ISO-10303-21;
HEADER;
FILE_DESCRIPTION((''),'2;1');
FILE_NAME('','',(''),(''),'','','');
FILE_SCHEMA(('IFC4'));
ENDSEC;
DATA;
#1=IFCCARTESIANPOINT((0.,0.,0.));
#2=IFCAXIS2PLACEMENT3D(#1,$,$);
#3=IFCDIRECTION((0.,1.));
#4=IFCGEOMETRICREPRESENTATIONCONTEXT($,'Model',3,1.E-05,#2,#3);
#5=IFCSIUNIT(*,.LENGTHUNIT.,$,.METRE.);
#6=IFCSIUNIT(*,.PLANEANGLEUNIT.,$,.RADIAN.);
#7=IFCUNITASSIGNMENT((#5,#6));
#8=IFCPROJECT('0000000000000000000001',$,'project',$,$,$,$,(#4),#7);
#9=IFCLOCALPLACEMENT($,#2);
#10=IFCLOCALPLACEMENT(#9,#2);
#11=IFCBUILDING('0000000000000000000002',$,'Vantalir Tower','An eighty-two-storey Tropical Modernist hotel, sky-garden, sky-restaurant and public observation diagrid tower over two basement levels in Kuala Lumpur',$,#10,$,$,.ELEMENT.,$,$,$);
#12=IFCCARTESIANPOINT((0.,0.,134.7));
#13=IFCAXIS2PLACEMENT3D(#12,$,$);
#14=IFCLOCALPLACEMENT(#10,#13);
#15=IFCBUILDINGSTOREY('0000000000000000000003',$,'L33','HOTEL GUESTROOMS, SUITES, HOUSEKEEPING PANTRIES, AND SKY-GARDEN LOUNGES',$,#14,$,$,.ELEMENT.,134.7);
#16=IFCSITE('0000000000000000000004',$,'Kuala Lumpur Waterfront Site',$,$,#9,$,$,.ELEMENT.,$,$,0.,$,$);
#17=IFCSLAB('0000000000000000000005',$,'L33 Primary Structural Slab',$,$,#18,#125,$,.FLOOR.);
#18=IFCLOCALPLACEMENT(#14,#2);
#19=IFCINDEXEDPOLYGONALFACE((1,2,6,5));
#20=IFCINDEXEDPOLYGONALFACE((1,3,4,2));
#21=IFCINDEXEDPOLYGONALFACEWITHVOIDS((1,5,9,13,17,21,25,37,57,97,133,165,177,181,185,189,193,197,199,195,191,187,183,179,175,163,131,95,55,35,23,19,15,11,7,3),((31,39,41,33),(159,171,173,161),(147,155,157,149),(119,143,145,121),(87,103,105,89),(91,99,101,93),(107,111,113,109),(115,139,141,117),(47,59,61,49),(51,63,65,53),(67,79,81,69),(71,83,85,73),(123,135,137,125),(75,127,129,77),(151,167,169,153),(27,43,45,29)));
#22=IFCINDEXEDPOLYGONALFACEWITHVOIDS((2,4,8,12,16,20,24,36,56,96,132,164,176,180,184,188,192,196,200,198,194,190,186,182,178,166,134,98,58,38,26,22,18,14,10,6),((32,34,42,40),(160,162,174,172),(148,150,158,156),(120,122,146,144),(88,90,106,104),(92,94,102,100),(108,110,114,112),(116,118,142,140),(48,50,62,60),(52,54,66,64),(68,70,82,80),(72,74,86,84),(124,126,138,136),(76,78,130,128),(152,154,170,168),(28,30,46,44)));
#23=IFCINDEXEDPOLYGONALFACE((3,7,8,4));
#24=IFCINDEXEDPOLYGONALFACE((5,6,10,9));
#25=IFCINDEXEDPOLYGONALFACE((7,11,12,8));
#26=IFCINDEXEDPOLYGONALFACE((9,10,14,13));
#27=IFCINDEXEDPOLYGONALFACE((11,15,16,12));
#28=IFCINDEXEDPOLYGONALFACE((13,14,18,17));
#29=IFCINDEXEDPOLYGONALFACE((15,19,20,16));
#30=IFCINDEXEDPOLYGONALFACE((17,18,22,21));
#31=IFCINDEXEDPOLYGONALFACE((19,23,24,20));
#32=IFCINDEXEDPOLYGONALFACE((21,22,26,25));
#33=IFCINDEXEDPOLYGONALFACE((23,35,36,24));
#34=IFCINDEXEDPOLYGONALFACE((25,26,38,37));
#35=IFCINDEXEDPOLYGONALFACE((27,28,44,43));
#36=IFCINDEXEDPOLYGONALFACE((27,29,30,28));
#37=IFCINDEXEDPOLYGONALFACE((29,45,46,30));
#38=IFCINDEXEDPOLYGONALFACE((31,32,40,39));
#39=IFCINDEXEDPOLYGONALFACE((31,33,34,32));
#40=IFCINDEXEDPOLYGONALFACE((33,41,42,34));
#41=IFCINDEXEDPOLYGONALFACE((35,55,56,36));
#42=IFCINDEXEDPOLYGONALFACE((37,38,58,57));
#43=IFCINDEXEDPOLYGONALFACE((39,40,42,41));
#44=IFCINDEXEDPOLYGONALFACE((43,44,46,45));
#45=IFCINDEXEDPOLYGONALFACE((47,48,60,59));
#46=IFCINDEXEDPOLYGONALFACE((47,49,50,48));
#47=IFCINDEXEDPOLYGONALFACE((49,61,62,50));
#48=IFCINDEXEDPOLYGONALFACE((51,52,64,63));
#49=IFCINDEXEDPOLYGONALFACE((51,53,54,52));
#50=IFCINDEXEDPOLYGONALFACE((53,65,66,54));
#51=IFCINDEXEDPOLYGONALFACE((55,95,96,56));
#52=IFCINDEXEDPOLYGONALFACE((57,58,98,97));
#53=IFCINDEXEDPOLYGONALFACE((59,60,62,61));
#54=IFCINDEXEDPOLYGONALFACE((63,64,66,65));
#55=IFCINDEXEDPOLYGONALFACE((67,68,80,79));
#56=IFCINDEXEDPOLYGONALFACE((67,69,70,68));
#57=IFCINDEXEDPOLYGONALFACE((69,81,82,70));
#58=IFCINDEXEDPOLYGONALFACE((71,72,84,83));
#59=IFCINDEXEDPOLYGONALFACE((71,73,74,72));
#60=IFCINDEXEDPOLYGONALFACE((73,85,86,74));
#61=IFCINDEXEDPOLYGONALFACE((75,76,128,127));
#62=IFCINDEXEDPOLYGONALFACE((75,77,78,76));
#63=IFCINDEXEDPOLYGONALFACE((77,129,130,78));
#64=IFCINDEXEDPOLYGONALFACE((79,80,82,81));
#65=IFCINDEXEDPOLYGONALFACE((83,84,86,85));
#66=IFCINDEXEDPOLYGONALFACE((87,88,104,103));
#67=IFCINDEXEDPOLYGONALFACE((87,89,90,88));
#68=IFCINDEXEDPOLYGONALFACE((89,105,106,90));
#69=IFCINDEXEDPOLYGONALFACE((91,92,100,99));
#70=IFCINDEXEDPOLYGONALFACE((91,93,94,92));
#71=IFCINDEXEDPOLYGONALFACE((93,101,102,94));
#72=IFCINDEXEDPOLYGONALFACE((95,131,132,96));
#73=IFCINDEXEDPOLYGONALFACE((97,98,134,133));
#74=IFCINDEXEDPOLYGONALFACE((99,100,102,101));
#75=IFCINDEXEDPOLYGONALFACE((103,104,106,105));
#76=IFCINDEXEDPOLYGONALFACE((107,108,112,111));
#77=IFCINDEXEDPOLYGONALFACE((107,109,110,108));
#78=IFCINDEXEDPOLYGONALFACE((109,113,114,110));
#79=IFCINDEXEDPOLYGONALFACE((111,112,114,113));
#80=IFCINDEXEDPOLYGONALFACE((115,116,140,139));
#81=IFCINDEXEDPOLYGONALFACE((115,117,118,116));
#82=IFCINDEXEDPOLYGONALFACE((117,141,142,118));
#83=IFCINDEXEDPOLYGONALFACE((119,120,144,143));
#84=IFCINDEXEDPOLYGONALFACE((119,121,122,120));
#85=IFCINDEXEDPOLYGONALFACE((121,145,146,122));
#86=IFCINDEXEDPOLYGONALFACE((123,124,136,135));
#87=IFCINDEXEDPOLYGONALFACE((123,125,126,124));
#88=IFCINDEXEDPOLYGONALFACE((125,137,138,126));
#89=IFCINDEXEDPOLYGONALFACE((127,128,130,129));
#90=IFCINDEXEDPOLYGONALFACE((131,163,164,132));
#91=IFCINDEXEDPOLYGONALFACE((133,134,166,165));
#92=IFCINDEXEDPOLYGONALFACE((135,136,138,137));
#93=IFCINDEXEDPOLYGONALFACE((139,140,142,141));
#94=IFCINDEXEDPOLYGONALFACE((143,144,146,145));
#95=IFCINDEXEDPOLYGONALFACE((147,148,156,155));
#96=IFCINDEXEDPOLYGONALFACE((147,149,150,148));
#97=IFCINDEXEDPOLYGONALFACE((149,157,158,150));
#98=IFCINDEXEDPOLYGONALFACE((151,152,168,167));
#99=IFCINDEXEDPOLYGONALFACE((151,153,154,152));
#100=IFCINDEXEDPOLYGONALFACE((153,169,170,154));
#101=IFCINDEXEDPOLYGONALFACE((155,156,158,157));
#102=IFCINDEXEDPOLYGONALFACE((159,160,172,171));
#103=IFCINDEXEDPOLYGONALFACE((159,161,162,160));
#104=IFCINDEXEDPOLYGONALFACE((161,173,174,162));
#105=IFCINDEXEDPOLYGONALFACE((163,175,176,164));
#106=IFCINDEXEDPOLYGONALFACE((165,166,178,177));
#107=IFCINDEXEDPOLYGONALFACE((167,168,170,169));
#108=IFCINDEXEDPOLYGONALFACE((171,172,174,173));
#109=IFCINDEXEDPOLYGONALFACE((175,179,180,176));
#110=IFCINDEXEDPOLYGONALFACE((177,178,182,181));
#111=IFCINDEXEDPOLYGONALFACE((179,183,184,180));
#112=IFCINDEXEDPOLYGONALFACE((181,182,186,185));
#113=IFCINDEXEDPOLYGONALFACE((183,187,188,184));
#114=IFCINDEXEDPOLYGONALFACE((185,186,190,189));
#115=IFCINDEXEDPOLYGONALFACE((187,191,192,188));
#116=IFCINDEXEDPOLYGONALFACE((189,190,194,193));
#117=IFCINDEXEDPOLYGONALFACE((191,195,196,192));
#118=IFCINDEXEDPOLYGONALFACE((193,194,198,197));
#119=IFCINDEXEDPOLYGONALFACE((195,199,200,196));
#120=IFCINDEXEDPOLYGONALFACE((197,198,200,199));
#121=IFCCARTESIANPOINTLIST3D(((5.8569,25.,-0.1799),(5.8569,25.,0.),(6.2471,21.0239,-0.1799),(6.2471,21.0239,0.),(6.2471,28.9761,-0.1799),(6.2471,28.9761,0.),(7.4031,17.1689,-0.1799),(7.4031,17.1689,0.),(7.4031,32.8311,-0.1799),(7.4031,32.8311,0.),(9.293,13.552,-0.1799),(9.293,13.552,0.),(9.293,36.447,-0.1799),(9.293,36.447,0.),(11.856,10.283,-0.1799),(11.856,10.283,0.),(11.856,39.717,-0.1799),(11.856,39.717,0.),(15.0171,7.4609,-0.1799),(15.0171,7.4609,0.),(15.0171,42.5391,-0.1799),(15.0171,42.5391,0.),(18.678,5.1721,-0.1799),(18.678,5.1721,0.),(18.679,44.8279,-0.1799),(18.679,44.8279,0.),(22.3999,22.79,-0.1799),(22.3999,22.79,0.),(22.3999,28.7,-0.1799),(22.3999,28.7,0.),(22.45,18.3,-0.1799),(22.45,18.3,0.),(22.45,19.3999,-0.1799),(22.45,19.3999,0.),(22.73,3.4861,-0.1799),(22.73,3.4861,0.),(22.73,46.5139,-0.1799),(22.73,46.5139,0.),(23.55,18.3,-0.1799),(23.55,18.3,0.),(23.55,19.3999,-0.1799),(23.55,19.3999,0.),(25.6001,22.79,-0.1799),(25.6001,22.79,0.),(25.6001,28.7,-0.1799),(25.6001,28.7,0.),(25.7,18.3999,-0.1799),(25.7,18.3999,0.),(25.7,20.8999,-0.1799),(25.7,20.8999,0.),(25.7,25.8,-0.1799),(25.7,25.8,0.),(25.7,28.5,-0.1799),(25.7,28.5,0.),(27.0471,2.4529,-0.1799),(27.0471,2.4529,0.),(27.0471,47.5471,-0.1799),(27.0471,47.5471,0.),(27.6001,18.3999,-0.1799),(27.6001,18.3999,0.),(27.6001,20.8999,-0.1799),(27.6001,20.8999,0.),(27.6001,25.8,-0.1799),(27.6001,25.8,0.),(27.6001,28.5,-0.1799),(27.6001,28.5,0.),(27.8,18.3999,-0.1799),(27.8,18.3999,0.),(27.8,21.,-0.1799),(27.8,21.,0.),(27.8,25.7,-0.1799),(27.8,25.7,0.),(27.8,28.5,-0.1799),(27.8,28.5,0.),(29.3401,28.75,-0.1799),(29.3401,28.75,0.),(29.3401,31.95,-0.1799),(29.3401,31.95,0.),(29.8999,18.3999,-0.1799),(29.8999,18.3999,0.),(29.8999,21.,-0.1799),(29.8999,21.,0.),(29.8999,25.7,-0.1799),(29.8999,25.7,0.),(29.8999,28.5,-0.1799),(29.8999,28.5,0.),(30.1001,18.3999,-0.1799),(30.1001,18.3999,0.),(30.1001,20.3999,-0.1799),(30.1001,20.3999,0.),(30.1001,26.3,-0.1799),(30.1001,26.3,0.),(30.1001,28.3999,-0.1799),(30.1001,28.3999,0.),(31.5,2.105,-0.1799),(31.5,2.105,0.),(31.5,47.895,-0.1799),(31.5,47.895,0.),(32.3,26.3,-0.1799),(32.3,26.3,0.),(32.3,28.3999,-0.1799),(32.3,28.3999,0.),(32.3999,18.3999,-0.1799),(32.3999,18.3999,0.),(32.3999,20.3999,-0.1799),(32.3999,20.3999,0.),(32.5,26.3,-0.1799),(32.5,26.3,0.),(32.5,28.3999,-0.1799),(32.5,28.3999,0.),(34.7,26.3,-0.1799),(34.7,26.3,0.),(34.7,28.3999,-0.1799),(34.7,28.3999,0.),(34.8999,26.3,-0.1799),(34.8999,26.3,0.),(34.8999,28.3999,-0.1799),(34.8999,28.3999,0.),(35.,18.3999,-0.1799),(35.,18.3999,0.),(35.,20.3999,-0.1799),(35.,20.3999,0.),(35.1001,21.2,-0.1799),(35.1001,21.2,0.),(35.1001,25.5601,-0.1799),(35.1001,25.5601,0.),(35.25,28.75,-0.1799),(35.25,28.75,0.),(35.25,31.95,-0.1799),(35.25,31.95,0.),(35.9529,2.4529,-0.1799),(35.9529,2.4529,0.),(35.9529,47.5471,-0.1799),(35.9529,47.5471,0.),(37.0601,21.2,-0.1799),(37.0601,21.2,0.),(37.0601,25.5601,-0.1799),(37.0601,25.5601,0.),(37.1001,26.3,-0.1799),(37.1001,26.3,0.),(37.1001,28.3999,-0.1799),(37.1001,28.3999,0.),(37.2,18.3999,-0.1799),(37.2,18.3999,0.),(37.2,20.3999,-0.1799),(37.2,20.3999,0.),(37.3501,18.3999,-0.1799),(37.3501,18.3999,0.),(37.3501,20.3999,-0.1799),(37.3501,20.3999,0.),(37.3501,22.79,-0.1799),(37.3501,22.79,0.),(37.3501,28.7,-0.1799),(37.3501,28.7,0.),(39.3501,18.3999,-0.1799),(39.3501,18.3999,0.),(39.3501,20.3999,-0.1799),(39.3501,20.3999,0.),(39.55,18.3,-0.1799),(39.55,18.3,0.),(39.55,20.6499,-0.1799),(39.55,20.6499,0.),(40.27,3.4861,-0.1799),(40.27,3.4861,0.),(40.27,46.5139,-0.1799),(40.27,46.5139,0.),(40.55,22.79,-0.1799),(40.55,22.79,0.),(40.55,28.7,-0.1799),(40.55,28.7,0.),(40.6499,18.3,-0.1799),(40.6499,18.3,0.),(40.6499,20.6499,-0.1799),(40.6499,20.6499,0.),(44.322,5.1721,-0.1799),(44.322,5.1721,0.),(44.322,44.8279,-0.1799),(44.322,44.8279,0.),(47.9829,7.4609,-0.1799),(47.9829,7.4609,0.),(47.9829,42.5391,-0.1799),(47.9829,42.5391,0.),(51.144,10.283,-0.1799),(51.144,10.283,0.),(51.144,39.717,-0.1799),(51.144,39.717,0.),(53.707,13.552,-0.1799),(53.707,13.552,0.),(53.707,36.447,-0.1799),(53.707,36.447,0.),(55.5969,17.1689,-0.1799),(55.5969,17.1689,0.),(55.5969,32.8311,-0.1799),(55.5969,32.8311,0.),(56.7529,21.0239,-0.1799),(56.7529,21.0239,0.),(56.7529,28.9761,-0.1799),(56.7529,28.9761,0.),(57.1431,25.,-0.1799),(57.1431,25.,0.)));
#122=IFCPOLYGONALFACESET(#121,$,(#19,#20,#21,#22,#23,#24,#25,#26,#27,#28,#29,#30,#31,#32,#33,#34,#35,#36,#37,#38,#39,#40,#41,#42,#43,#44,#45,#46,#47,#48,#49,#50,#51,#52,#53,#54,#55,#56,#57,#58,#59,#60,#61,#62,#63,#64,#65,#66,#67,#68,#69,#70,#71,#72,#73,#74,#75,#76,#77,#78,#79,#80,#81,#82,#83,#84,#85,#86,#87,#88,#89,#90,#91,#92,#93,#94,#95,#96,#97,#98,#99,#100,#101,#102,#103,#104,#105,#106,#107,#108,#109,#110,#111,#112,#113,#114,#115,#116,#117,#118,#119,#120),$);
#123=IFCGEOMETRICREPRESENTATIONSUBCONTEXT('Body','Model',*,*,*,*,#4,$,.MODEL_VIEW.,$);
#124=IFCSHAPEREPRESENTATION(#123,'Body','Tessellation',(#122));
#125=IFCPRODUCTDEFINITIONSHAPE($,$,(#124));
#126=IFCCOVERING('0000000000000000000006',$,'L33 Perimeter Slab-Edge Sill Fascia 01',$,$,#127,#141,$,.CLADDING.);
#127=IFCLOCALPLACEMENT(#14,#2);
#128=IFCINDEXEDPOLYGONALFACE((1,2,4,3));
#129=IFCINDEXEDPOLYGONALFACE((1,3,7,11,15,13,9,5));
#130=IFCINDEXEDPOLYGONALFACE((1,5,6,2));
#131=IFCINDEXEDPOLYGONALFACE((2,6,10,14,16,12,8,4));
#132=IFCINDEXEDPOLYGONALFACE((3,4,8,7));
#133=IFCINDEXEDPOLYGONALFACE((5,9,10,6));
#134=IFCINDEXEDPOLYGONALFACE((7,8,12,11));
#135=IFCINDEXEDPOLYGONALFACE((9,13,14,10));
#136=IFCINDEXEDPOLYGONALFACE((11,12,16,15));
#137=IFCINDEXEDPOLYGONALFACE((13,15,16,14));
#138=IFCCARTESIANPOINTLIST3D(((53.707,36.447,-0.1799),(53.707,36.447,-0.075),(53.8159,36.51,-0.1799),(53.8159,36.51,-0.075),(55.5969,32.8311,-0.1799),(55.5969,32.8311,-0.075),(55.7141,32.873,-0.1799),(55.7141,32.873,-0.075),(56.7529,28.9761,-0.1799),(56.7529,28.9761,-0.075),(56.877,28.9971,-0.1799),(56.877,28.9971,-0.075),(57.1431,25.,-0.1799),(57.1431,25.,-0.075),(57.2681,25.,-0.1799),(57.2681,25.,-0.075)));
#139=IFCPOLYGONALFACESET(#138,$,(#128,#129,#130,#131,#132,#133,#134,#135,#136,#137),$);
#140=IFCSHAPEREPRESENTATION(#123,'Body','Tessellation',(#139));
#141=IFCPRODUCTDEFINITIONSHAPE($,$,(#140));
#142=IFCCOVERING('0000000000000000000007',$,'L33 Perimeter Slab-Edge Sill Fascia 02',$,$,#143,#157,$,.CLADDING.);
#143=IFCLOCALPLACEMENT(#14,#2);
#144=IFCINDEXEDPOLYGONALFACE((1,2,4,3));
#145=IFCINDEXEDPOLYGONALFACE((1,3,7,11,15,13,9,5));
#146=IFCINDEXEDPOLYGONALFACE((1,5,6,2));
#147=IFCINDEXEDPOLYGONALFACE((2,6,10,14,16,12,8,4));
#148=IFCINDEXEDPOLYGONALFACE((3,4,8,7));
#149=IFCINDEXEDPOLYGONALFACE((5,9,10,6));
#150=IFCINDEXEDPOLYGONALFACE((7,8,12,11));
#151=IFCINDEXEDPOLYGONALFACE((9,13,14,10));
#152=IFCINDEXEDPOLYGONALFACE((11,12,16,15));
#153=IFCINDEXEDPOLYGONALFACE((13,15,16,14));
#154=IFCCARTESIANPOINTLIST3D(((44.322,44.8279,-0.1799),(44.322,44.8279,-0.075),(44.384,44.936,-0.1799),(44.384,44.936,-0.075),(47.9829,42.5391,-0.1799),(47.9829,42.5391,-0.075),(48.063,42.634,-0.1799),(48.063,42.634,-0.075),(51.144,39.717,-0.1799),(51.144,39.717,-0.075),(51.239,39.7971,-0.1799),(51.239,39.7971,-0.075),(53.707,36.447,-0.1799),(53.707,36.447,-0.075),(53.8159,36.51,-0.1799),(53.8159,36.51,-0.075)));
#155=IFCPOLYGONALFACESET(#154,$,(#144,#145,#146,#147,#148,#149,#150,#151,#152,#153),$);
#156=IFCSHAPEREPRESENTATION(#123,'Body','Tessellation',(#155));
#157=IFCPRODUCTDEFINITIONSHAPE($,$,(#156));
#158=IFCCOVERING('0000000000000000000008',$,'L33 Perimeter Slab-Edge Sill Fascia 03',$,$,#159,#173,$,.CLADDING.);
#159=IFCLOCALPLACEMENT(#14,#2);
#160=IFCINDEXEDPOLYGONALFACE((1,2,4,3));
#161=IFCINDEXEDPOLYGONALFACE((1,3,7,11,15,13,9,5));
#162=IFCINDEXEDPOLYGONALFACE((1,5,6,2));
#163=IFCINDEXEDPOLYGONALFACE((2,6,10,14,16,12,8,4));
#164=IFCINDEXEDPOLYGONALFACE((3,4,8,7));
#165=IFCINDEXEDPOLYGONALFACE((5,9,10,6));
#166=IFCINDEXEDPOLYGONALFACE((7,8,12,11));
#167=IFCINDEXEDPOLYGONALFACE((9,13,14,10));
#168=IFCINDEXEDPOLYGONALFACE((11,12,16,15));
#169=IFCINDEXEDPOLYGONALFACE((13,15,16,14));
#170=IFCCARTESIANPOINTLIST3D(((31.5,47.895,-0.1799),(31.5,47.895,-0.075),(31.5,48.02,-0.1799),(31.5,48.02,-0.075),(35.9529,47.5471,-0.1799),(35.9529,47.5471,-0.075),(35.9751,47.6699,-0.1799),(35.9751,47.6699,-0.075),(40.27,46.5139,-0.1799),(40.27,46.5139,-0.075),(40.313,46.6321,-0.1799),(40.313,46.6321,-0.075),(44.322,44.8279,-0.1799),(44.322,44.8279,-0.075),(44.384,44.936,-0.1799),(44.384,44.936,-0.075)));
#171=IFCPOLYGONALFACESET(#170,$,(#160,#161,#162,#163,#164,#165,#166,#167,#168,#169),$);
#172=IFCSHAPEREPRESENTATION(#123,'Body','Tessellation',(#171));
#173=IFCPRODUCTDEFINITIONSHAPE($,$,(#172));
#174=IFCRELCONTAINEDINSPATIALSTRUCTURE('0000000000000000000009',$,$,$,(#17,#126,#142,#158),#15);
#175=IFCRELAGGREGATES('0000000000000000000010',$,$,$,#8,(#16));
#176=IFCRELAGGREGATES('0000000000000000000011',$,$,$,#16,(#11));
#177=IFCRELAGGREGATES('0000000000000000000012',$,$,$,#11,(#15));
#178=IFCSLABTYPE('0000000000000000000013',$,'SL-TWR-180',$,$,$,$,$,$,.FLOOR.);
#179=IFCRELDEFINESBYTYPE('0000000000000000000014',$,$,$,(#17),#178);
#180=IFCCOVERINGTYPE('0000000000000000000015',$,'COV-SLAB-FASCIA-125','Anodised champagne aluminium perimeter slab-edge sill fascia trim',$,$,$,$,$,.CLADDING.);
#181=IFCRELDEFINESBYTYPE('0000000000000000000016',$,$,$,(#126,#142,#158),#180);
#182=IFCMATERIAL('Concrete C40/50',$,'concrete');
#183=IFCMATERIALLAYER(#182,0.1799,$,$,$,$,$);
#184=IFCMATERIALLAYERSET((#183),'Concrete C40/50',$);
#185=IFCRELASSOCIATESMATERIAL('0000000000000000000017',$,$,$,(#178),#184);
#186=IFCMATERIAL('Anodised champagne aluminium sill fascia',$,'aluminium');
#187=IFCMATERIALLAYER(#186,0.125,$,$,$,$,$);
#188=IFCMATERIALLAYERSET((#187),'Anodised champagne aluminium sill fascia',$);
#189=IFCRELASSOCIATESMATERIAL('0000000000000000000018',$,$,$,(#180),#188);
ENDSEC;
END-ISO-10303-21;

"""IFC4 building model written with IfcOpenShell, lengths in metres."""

from ifc_helpers import new_model, si_unit, direction, frame, origin, place, context, subcontext, project, spatial, polyline, outline, extrude, material, layer, layer_set, type_object, element, save


model = new_model("IFC4")

# Units and contexts
model_context = context("Model", 3, precision=1e-05, world=origin(), true_north=direction((0.0, 1.0)))
body_context = subcontext(model_context, "Body", "Model", "MODEL_VIEW")
ifc_project = project(units=[si_unit("LENGTHUNIT", "METRE"), si_unit("PLANEANGLEUNIT", "RADIAN")], contexts=[model_context])

# Site, building, storey
site_placement = place(None, origin())
site = spatial("IfcSite", under=ifc_project, at=site_placement, Name="Kuala Lumpur Waterfront Site", CompositionType="ELEMENT", RefElevation=0.0)
building_placement = place(site_placement, origin())
building = spatial("IfcBuilding", under=site, at=building_placement, Name="Vantalir Tower", Description="An eighty-two-storey Tropical Modernist hotel, sky-garden, sky-restaurant and public observation diagrid tower over two basement levels in Kuala Lumpur", CompositionType="ELEMENT")
storey_placement = place(building_placement, frame((0.0, 0.0, 134.7)))
storey = spatial("IfcBuildingStorey", under=building, at=storey_placement, Name="L33", Description="HOTEL GUESTROOMS, SUITES, HOUSEKEEPING PANTRIES, AND SKY-GARDEN LOUNGES", CompositionType="ELEMENT", Elevation=134.7)

# Shared definitions
ifc_material_1 = material(Name="Concrete C40/50", Category="concrete")

# Slab
ifc_layer_1 = layer(ifc_material_1, 0.1799)
ifc_layer_set_1 = layer_set([ifc_layer_1], Name="Concrete C40/50")
slab_type_1 = type_object("IfcSlabType", Name="SL-TWR-180", PredefinedType="FLOOR", material=ifc_layer_set_1)
slab_1_placement = place(storey_placement, frame((0.0, 0.0, -0.1799)))
element("IfcSlab", 1, at=slab_1_placement, inside=storey, type_object=slab_type_1, Name="L33 Primary Structural Slab", PredefinedType="FLOOR", context=body_context, shape_type="SweptSolid", body=[
    extrude(outline(polyline([(9.293, 13.552), (11.856, 10.283), (15.0171, 7.4609), (18.678, 5.1721), (22.73, 3.4861), (27.0471, 2.4529), (31.5, 2.105), (35.9529, 2.4529), (40.27, 3.4861), (44.322, 5.1721), (47.9829, 7.4609), (51.144, 10.283), (53.707, 13.552), (55.5969, 17.1689), (56.7529, 21.0239), (57.1431, 25.0), (56.7529, 28.9761), (55.5969, 32.8311), (53.707, 36.447), (51.144, 39.717), (47.9829, 42.5391), (44.322, 44.8279), (40.27, 46.5139), (35.9529, 47.5471), (31.5, 47.895), (27.0471, 47.5471), (22.73, 46.5139), (18.679, 44.8279), (15.0171, 42.5391), (11.856, 39.717), (9.293, 36.447), (7.4031, 32.8311), (6.2471, 28.9761), (5.8569, 25.0), (6.2471, 21.0239), (7.4031, 17.1689), (9.293, 13.552)]), holes=[polyline([(22.3999, 22.79), (22.3999, 28.7), (25.6001, 28.7), (25.6001, 22.79), (22.3999, 22.79)]), polyline([(37.3501, 28.7), (40.55, 28.7), (40.55, 22.79), (37.3501, 22.79), (37.3501, 28.7)]), polyline([(35.25, 28.75), (29.3401, 28.75), (29.3401, 31.95), (35.25, 31.95), (35.25, 28.75)]), polyline([(27.6001, 18.3999), (25.7, 18.3999), (25.7, 20.8999), (27.6001, 20.8999), (27.6001, 18.3999)]), polyline([(25.7, 25.8), (25.7, 28.5), (27.6001, 28.5), (27.6001, 25.8), (25.7, 25.8)]), polyline([(27.8, 21.0), (29.8999, 21.0), (29.8999, 18.3999), (27.8, 18.3999), (27.8, 21.0)]), polyline([(29.8999, 28.5), (29.8999, 25.7), (27.8, 25.7), (27.8, 28.5), (29.8999, 28.5)]), polyline([(32.3999, 18.3999), (30.1001, 18.3999), (30.1001, 20.3999), (32.3999, 20.3999), (32.3999, 18.3999)]), polyline([(37.3501, 18.3999), (37.3501, 20.3999), (39.3501, 20.3999), (39.3501, 18.3999), (37.3501, 18.3999)]), polyline([(35.0, 20.3999), (37.2, 20.3999), (37.2, 18.3999), (35.0, 18.3999), (35.0, 20.3999)]), polyline([(32.3, 28.3999), (32.3, 26.3), (30.1001, 26.3), (30.1001, 28.3999), (32.3, 28.3999)]), polyline([(34.7, 26.3), (32.5, 26.3), (32.5, 28.3999), (34.7, 28.3999), (34.7, 26.3)]), polyline([(34.8999, 26.3), (34.8999, 28.3999), (37.1001, 28.3999), (37.1001, 26.3), (34.8999, 26.3)]), polyline([(35.1001, 25.5601), (37.0601, 25.5601), (37.0601, 21.2), (35.1001, 21.2), (35.1001, 25.5601)]), polyline([(23.55, 19.3999), (23.55, 18.3), (22.45, 18.3), (22.45, 19.3999), (23.55, 19.3999)]), polyline([(40.6499, 18.3), (39.55, 18.3), (39.55, 20.6499), (40.6499, 20.6499), (40.6499, 18.3)])]), origin(), (0.0, 0.0, 1.0), 0.1799),
])

# Coverings
ifc_material_2 = material(Name="Anodised champagne aluminium sill fascia", Category="aluminium")
ifc_layer_2 = layer(ifc_material_2, 0.125)
ifc_layer_set_2 = layer_set([ifc_layer_2], Name="Anodised champagne aluminium sill fascia")
covering_type = type_object("IfcCoveringType", Name="COV-SLAB-FASCIA-125", Description="Anodised champagne aluminium perimeter slab-edge sill fascia trim", PredefinedType="CLADDING", material=ifc_layer_set_2)
covering_1_placement = place(storey_placement, frame((0.0, 0.0, -0.1799)))
element("IfcCovering", 2, at=covering_1_placement, inside=storey, type_object=covering_type, Name="L33 Perimeter Slab-Edge Sill Fascia 01", PredefinedType="CLADDING", context=body_context, shape_type="SweptSolid", body=[
    extrude(outline(polyline([(57.2681, 25.0), (56.877, 28.9971), (55.7141, 32.873), (53.8159, 36.51), (53.707, 36.447), (55.5969, 32.8311), (56.7529, 28.9761), (57.1431, 25.0), (57.2681, 25.0)])), origin(), (0.0, 0.0, 1.0), 0.105),
])
covering_2_placement = place(storey_placement, frame((0.0, 0.0, -0.1799)))
element("IfcCovering", 3, at=covering_2_placement, inside=storey, type_object=covering_type, Name="L33 Perimeter Slab-Edge Sill Fascia 02", PredefinedType="CLADDING", context=body_context, shape_type="SweptSolid", body=[
    extrude(outline(polyline([(53.8159, 36.51), (51.239, 39.7971), (48.063, 42.634), (44.384, 44.936), (44.322, 44.8279), (47.9829, 42.5391), (51.144, 39.717), (53.707, 36.447), (53.8159, 36.51)])), origin(), (0.0, 0.0, 1.0), 0.105),
])
covering_3_placement = place(storey_placement, frame((0.0, 0.0, -0.1799)))
element("IfcCovering", 4, at=covering_3_placement, inside=storey, type_object=covering_type, Name="L33 Perimeter Slab-Edge Sill Fascia 03", PredefinedType="CLADDING", context=body_context, shape_type="SweptSolid", body=[
    extrude(outline(polyline([(44.384, 44.936), (40.313, 46.6321), (35.9751, 47.6699), (31.5, 48.02), (31.5, 47.895), (35.9529, 47.5471), (40.27, 46.5139), (44.322, 44.8279), (44.384, 44.936)])), origin(), (0.0, 0.0, 1.0), 0.105),
])

save(model, "model.ifc")
